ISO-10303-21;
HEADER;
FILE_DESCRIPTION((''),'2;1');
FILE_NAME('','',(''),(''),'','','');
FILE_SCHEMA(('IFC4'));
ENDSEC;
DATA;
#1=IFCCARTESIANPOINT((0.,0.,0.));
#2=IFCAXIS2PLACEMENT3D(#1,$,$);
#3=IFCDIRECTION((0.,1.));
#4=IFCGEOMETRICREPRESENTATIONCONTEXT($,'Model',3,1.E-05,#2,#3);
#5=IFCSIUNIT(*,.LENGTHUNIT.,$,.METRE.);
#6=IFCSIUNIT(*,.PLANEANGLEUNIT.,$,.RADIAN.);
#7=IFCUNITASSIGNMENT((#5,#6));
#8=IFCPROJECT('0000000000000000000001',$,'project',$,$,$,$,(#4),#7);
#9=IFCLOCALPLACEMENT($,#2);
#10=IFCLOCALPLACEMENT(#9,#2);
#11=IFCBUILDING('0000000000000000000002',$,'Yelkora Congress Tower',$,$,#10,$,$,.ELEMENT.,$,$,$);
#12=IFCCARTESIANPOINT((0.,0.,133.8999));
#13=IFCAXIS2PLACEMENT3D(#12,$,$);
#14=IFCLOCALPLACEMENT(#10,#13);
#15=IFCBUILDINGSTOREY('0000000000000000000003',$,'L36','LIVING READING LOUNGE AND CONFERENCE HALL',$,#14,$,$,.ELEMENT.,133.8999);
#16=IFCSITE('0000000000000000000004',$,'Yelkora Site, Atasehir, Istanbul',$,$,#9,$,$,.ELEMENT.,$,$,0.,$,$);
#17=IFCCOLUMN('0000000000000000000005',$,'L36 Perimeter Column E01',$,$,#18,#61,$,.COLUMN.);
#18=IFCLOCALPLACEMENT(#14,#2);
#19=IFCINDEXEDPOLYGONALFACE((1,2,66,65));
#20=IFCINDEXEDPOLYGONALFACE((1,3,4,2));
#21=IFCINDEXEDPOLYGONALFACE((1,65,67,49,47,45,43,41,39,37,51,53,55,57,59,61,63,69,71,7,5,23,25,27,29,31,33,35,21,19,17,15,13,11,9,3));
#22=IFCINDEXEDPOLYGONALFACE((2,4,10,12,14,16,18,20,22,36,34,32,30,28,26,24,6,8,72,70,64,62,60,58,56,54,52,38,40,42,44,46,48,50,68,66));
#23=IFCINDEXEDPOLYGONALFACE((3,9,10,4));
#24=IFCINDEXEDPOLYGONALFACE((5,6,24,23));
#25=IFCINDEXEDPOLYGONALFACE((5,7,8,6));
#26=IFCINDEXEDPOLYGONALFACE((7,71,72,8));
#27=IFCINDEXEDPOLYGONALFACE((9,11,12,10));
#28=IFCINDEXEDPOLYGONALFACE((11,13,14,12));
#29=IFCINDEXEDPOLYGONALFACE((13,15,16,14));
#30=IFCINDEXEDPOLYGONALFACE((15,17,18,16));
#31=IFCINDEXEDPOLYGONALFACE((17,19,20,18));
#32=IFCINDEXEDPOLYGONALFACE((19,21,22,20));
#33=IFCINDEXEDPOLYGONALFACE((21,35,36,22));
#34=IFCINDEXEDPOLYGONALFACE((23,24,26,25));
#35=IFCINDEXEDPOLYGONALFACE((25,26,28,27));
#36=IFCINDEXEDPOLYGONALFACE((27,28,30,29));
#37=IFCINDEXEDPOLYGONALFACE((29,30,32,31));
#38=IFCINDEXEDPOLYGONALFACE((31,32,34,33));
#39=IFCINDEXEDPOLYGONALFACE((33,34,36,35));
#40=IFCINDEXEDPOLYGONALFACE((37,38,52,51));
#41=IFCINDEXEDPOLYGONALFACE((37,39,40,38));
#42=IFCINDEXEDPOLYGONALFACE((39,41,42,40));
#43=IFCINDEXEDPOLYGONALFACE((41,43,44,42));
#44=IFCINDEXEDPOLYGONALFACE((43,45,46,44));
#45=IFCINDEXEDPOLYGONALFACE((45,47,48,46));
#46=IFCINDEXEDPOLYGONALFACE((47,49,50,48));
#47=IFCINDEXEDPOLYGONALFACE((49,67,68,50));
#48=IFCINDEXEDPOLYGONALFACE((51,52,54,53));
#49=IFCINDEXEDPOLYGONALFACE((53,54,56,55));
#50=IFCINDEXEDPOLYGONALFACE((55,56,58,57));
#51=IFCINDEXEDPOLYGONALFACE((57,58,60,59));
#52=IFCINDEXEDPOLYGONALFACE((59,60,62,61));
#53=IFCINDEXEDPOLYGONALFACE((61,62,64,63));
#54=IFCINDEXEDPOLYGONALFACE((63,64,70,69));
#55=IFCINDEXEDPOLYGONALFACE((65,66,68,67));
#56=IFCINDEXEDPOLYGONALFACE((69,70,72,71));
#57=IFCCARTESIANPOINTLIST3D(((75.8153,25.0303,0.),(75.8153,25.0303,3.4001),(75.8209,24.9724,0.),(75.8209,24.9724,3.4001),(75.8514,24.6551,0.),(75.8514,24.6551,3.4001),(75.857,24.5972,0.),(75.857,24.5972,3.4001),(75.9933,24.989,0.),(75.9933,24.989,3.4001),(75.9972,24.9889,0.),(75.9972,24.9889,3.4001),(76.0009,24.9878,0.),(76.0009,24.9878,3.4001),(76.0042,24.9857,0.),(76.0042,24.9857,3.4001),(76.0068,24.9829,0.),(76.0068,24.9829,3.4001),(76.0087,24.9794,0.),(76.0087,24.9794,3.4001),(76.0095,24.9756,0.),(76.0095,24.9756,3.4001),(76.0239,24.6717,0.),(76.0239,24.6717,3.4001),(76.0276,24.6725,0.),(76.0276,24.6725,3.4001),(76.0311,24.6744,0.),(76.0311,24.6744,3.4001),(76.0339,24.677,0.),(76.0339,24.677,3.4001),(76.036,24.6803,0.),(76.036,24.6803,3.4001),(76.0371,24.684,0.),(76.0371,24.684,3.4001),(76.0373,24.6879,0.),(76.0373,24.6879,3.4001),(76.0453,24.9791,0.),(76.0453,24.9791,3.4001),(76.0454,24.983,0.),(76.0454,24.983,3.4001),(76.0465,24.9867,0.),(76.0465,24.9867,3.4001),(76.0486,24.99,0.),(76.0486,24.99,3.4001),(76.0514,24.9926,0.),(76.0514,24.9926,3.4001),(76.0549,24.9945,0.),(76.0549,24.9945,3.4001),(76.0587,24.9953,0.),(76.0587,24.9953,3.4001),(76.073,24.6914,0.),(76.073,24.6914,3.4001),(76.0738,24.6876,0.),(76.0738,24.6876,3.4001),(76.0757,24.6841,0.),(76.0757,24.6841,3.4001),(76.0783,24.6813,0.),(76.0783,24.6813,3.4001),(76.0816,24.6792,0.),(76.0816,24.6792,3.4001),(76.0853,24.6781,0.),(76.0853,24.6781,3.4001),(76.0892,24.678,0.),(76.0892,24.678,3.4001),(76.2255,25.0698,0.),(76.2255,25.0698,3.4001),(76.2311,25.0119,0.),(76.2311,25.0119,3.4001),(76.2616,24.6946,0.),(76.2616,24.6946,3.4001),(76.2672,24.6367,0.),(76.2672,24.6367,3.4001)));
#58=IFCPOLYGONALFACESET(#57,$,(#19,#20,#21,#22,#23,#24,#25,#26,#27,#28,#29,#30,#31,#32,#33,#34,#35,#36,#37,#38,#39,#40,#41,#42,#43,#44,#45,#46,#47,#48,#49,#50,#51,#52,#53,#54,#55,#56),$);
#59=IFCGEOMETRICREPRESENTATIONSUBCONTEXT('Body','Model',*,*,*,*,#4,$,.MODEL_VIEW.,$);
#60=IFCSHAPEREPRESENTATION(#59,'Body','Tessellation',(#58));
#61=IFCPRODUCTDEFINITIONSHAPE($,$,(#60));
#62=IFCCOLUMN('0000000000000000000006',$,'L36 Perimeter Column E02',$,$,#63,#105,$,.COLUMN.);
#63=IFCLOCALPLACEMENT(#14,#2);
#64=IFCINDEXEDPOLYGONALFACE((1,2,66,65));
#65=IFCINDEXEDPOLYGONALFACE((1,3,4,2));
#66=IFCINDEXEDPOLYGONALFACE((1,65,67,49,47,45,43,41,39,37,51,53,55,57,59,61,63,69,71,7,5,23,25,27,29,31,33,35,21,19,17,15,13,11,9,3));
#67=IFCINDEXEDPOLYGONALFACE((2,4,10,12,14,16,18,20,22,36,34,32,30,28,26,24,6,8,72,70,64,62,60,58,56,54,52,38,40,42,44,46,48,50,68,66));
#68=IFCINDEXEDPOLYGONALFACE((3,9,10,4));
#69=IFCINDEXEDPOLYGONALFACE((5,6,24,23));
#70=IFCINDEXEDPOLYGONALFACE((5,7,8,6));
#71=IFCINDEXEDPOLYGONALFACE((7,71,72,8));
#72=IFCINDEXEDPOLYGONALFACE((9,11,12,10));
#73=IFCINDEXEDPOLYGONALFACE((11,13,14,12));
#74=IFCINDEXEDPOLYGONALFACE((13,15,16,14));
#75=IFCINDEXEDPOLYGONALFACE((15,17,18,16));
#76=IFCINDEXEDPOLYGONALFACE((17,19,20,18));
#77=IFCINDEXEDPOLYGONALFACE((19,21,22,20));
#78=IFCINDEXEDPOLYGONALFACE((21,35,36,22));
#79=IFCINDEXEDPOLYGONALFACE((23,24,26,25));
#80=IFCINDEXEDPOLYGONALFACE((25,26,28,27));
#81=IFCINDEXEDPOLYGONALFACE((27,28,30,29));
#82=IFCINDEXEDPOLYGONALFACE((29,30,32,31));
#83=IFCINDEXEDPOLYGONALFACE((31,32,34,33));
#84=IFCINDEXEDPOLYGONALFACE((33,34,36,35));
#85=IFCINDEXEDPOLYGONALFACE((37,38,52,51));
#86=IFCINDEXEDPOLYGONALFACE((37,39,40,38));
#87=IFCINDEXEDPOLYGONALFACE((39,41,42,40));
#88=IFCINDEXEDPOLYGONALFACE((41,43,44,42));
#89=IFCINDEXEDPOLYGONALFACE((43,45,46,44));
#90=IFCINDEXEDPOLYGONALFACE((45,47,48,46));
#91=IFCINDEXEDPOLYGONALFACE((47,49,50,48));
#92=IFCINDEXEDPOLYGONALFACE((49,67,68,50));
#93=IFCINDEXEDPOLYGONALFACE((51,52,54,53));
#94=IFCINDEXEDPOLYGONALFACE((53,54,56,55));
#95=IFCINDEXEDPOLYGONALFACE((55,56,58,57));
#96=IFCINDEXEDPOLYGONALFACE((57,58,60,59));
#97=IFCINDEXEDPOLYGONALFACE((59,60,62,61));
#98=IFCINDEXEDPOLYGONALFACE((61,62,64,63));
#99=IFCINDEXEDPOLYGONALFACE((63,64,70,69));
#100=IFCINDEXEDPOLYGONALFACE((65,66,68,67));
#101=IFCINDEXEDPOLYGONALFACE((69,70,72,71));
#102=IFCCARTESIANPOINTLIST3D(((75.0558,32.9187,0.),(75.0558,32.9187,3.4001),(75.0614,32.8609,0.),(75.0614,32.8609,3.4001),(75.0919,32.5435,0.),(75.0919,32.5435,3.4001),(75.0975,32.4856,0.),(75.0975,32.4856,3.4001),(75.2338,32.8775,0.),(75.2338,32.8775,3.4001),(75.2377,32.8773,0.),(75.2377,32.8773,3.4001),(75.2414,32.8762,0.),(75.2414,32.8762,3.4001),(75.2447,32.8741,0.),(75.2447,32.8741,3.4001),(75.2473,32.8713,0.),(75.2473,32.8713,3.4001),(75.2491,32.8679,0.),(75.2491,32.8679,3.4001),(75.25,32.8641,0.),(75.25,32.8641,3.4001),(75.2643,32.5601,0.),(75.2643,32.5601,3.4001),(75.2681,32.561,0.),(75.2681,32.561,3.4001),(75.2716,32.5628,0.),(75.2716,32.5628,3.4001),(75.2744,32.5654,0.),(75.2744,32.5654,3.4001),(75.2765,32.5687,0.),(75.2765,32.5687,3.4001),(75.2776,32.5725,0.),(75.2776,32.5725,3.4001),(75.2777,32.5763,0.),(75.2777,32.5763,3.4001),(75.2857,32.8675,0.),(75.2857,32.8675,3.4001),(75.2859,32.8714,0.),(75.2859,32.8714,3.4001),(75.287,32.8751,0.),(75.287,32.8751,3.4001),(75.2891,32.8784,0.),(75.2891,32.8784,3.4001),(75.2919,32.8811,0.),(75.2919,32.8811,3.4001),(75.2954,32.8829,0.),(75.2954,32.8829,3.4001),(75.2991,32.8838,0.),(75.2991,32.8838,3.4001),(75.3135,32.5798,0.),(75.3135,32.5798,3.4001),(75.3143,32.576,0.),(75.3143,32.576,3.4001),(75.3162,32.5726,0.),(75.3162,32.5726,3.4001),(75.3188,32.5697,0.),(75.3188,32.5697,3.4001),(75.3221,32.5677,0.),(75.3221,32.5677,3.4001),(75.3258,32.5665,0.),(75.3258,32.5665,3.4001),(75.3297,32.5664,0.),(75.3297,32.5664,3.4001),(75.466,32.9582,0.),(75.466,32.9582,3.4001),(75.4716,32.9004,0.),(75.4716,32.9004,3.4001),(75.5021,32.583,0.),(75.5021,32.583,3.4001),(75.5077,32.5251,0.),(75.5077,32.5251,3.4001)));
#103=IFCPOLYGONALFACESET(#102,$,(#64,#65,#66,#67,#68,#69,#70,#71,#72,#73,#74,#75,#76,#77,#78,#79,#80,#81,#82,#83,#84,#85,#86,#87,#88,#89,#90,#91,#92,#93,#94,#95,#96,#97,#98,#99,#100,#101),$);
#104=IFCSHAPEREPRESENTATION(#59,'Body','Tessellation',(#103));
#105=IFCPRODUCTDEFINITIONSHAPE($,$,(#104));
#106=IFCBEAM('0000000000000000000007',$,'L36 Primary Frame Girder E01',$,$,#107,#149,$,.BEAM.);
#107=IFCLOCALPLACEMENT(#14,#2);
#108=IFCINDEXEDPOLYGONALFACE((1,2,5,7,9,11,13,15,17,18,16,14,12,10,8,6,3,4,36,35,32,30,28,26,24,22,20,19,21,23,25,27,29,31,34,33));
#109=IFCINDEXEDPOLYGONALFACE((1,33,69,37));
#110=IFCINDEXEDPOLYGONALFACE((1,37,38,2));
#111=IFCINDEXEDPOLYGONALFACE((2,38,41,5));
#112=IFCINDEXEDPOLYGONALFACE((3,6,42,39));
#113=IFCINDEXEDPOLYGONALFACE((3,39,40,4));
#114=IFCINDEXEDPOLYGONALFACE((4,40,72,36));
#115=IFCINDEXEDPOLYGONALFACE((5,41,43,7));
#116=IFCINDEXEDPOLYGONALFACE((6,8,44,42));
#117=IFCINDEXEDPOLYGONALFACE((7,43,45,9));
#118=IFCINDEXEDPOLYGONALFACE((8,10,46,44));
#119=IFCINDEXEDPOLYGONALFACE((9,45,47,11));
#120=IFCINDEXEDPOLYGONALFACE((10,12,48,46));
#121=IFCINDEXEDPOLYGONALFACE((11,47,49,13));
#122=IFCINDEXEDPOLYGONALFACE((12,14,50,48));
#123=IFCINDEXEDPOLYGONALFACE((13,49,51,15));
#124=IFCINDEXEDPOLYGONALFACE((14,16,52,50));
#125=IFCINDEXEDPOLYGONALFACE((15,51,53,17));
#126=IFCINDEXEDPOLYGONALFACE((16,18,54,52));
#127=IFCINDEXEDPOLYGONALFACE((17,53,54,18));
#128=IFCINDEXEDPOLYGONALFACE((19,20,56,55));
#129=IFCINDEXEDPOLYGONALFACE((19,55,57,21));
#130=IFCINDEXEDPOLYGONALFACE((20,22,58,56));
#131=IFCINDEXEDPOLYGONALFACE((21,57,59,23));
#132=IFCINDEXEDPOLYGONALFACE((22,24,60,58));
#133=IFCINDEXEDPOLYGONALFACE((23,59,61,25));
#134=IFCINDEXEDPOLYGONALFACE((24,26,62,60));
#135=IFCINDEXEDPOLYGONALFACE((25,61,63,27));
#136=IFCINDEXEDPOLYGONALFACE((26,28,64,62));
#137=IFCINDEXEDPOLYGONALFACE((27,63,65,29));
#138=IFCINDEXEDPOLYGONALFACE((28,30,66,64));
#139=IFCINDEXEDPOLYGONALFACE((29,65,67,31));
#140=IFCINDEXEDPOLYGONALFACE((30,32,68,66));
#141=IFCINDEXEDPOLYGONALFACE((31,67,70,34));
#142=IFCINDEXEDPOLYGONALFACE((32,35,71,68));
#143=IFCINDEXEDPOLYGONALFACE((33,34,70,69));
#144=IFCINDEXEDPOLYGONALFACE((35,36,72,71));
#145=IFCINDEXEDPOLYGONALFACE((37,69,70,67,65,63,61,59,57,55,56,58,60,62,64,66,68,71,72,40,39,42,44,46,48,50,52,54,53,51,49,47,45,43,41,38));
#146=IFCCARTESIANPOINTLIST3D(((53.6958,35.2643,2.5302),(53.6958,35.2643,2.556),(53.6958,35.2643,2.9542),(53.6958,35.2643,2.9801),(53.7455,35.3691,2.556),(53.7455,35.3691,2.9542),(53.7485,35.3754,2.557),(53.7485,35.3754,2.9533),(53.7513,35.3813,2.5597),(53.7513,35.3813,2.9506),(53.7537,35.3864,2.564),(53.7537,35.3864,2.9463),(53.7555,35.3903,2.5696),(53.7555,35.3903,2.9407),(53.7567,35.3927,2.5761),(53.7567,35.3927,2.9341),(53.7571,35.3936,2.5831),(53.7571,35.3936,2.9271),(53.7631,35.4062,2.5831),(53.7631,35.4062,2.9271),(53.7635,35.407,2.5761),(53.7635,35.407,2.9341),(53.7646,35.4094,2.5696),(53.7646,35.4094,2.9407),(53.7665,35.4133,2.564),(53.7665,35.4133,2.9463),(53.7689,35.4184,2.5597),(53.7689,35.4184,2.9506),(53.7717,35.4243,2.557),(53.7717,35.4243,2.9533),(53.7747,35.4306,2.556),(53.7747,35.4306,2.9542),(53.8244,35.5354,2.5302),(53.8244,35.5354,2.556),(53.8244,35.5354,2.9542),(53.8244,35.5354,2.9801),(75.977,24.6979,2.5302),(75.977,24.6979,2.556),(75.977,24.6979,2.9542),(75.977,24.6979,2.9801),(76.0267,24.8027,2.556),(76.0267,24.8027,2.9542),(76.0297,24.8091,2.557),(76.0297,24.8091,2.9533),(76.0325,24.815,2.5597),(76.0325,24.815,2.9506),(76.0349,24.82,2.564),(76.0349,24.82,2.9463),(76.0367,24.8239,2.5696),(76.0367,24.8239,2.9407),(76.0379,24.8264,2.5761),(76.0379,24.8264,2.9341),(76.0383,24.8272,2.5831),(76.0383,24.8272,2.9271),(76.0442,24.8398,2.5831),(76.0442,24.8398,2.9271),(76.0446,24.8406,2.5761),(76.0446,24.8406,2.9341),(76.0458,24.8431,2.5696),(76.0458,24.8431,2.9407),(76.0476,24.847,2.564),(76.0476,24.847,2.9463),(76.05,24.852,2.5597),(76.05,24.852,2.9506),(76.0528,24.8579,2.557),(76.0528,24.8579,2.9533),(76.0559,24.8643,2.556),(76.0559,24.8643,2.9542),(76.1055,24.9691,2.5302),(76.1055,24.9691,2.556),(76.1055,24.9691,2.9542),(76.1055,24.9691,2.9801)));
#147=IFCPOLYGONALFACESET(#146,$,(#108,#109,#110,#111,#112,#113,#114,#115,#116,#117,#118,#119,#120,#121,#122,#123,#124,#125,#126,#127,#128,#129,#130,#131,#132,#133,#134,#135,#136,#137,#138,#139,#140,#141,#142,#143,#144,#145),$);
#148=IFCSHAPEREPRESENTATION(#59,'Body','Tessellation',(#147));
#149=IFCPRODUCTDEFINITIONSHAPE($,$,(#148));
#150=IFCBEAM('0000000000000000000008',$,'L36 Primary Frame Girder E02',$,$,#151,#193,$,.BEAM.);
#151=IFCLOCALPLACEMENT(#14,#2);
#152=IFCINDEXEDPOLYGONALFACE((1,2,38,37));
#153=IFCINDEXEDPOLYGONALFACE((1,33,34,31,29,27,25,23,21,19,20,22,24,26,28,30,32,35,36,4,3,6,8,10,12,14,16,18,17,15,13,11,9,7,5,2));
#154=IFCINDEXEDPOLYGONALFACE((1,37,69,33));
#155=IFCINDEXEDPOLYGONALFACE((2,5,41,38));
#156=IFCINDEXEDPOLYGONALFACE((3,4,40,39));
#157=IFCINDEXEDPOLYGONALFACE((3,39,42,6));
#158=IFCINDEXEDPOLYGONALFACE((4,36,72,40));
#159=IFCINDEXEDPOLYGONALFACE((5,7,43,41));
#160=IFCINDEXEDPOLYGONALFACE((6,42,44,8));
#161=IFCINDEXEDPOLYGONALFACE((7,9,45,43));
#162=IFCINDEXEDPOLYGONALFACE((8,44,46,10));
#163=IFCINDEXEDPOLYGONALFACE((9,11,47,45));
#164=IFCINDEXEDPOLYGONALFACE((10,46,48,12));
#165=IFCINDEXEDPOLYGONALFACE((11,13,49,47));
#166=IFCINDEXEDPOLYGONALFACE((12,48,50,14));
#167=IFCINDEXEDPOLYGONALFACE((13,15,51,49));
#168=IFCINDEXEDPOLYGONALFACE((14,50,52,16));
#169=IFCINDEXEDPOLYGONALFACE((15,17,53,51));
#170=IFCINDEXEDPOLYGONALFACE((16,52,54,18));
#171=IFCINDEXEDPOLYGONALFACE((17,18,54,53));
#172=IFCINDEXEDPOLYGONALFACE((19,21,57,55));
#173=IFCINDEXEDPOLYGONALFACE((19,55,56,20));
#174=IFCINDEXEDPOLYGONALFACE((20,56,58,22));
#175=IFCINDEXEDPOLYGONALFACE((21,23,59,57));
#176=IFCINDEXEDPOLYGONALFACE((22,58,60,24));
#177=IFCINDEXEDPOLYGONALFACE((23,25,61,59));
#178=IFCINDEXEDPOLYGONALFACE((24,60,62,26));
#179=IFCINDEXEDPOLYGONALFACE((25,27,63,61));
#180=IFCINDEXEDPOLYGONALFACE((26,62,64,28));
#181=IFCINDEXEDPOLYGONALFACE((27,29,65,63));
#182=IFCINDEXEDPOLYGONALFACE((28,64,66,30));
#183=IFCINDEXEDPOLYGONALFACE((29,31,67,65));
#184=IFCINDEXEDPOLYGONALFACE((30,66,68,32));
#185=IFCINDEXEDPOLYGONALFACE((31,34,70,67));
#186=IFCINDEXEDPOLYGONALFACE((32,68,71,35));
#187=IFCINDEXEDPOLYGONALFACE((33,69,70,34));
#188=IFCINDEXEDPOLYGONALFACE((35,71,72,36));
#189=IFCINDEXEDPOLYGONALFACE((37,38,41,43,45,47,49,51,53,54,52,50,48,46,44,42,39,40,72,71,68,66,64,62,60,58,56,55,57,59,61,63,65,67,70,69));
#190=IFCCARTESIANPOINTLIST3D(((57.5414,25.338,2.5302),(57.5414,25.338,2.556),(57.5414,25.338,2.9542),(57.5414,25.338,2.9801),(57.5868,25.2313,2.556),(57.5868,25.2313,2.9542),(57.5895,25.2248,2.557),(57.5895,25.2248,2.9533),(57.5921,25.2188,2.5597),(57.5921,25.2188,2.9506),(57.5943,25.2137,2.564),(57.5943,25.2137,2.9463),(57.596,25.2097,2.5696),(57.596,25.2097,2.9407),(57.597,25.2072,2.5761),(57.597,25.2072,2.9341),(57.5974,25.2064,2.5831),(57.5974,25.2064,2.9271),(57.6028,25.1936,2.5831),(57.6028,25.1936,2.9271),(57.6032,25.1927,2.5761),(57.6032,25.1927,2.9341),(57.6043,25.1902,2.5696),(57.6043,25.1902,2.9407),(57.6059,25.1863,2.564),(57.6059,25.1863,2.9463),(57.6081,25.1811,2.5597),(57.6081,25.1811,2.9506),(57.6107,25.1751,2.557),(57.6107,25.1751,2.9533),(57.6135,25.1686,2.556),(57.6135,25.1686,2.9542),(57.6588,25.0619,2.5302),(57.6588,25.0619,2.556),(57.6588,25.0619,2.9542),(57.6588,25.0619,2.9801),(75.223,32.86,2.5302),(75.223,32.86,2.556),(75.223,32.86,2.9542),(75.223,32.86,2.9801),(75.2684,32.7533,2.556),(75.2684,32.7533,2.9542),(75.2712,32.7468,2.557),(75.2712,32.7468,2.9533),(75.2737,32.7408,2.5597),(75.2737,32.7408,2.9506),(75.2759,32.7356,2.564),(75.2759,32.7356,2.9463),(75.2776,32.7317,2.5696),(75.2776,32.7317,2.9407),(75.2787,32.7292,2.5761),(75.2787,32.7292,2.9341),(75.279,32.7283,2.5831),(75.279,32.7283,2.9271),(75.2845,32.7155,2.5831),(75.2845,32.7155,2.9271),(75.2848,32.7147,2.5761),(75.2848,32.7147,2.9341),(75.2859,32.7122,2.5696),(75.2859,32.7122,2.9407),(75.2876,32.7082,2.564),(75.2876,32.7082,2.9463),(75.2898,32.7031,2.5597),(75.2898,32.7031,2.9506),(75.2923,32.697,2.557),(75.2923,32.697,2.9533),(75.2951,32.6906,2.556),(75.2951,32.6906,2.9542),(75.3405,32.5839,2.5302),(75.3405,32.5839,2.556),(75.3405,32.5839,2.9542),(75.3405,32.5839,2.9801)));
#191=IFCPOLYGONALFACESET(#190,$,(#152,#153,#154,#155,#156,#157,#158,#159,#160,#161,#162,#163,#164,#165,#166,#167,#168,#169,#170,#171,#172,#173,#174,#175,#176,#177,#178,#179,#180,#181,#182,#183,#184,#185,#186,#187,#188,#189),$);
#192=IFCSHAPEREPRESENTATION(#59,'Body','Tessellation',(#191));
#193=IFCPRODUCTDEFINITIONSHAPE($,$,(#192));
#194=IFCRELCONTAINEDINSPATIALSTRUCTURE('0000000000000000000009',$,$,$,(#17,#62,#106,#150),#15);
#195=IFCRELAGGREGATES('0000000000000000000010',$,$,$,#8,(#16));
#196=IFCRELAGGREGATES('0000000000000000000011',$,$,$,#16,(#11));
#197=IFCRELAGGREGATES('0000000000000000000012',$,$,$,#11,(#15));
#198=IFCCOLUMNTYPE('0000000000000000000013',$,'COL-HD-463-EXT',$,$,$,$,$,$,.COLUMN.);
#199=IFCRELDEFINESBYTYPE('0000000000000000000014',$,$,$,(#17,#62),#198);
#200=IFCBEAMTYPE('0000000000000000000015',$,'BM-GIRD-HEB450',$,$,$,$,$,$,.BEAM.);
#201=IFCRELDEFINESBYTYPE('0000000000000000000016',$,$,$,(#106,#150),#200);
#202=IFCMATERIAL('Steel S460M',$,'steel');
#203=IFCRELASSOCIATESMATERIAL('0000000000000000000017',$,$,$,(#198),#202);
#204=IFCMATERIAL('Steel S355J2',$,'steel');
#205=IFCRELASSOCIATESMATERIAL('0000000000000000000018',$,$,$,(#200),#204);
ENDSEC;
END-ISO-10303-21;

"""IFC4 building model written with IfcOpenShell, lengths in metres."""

from ifc_helpers import new_model, si_unit, direction, frame, origin, origin_2d, place, context, subcontext, project, spatial, i_section, extrude, material, material_profile, profile_set, type_object, element, save


model = new_model("IFC4")

# Units and contexts
model_context = context("Model", 3, precision=1e-05, world=origin(), true_north=direction((0.0, 1.0)))
body_context = subcontext(model_context, "Body", "Model", "MODEL_VIEW")
ifc_project = project(units=[si_unit("LENGTHUNIT", "METRE"), si_unit("PLANEANGLEUNIT", "RADIAN")], contexts=[model_context])

# Site, building, storey
site_placement = place(None, origin())
site = spatial("IfcSite", under=ifc_project, at=site_placement, Name="Yelkora Site, Atasehir, Istanbul", CompositionType="ELEMENT", RefElevation=0.0)
building_placement = place(site_placement, origin())
building = spatial("IfcBuilding", under=site, at=building_placement, Name="Yelkora Congress Tower", CompositionType="ELEMENT")
storey_placement = place(building_placement, frame((0.0, 0.0, 133.8999)))
storey = spatial("IfcBuildingStorey", under=building, at=storey_placement, Name="L36", Description="LIVING READING LOUNGE AND CONFERENCE HALL", CompositionType="ELEMENT", Elevation=133.8999)

# Columns
ifc_material_1 = material(Name="Steel S460M", Category="steel")
ifc_material_profile_1 = material_profile(ifc_material_1, i_section(OverallWidth=0.4121, OverallDepth=0.4351, WebThickness=0.0359, FlangeThickness=0.0581, FilletRadius=0.0149, at=origin_2d()), Name="HD 400x463")
ifc_profile_set_1 = profile_set([ifc_material_profile_1], Name="Steel S460M")
column_type = type_object("IfcColumnType", Name="COL-HD-463-EXT", PredefinedType="COLUMN", material=ifc_profile_set_1)
for number, where, z_axis, x_axis, name in (
    (1, (76.0413, 24.8335, 0.0), (0.0, 0.0, 1.0), (0.995396, 0.095846, 0.0), "L36 Perimeter Column E01"),
    (2, (75.2817, 32.7219, 0.0), (0.0, 0.0, 1.0), (0.995396, 0.095846, 0.0), "L36 Perimeter Column E02"),
):
    element("IfcColumn", number, at=place(storey_placement, frame(where, z_axis=z_axis, x_axis=x_axis)), inside=storey, type_object=column_type, Name=name, PredefinedType="COLUMN", context=body_context, shape_type="SweptSolid", body=[
        extrude(i_section(OverallWidth=0.4121, OverallDepth=0.4351, WebThickness=0.0359, FlangeThickness=0.0581, FilletRadius=0.0149, at=origin_2d()), origin(), (0.0, 0.0, 1.0), 3.4001),
    ])

# Beams
ifc_material_2 = material(Name="Steel S355J2", Category="steel")
ifc_material_profile_2 = material_profile(ifc_material_2, i_section(OverallWidth=0.3, OverallDepth=0.45, WebThickness=0.0139, FlangeThickness=0.0259, FilletRadius=0.0271, at=origin_2d()), Name="HEB 450")
ifc_profile_set_2 = profile_set([ifc_material_profile_2], Name="Steel S355J2")
beam_type_1 = type_object("IfcBeamType", Name="BM-GIRD-HEB450", PredefinedType="BEAM", material=ifc_profile_set_2)
beam_1_placement = place(storey_placement, frame((76.0413, 24.8335, 2.7551), z_axis=(-0.903547, 0.428488, 0.0), x_axis=(-0.428488, -0.903547, 0.0)))
element("IfcBeam", 3, at=beam_1_placement, inside=storey, type_object=beam_type_1, Name="L36 Primary Frame Girder E01", PredefinedType="BEAM", context=body_context, shape_type="SweptSolid", body=[
    extrude(i_section(OverallWidth=0.3, OverallDepth=0.45, WebThickness=0.0139, FlangeThickness=0.0259, FilletRadius=0.0271, at=origin_2d()), origin(), (0.0, 0.0, 1.0), 24.6597),
])
beam_2_placement = place(storey_placement, frame((75.2817, 32.7219, 2.7551), z_axis=(-0.920195, -0.391461, 0.0), x_axis=(0.391461, -0.920195, 0.0)))
element("IfcBeam", 4, at=beam_2_placement, inside=storey, type_object=beam_type_1, Name="L36 Primary Frame Girder E02", PredefinedType="BEAM", context=body_context, shape_type="SweptSolid", body=[
    extrude(i_section(OverallWidth=0.3, OverallDepth=0.45, WebThickness=0.0139, FlangeThickness=0.0259, FilletRadius=0.0271, at=origin_2d()), origin(), (0.0, 0.0, 1.0), 19.2151),
])

save(model, "model.ifc")
